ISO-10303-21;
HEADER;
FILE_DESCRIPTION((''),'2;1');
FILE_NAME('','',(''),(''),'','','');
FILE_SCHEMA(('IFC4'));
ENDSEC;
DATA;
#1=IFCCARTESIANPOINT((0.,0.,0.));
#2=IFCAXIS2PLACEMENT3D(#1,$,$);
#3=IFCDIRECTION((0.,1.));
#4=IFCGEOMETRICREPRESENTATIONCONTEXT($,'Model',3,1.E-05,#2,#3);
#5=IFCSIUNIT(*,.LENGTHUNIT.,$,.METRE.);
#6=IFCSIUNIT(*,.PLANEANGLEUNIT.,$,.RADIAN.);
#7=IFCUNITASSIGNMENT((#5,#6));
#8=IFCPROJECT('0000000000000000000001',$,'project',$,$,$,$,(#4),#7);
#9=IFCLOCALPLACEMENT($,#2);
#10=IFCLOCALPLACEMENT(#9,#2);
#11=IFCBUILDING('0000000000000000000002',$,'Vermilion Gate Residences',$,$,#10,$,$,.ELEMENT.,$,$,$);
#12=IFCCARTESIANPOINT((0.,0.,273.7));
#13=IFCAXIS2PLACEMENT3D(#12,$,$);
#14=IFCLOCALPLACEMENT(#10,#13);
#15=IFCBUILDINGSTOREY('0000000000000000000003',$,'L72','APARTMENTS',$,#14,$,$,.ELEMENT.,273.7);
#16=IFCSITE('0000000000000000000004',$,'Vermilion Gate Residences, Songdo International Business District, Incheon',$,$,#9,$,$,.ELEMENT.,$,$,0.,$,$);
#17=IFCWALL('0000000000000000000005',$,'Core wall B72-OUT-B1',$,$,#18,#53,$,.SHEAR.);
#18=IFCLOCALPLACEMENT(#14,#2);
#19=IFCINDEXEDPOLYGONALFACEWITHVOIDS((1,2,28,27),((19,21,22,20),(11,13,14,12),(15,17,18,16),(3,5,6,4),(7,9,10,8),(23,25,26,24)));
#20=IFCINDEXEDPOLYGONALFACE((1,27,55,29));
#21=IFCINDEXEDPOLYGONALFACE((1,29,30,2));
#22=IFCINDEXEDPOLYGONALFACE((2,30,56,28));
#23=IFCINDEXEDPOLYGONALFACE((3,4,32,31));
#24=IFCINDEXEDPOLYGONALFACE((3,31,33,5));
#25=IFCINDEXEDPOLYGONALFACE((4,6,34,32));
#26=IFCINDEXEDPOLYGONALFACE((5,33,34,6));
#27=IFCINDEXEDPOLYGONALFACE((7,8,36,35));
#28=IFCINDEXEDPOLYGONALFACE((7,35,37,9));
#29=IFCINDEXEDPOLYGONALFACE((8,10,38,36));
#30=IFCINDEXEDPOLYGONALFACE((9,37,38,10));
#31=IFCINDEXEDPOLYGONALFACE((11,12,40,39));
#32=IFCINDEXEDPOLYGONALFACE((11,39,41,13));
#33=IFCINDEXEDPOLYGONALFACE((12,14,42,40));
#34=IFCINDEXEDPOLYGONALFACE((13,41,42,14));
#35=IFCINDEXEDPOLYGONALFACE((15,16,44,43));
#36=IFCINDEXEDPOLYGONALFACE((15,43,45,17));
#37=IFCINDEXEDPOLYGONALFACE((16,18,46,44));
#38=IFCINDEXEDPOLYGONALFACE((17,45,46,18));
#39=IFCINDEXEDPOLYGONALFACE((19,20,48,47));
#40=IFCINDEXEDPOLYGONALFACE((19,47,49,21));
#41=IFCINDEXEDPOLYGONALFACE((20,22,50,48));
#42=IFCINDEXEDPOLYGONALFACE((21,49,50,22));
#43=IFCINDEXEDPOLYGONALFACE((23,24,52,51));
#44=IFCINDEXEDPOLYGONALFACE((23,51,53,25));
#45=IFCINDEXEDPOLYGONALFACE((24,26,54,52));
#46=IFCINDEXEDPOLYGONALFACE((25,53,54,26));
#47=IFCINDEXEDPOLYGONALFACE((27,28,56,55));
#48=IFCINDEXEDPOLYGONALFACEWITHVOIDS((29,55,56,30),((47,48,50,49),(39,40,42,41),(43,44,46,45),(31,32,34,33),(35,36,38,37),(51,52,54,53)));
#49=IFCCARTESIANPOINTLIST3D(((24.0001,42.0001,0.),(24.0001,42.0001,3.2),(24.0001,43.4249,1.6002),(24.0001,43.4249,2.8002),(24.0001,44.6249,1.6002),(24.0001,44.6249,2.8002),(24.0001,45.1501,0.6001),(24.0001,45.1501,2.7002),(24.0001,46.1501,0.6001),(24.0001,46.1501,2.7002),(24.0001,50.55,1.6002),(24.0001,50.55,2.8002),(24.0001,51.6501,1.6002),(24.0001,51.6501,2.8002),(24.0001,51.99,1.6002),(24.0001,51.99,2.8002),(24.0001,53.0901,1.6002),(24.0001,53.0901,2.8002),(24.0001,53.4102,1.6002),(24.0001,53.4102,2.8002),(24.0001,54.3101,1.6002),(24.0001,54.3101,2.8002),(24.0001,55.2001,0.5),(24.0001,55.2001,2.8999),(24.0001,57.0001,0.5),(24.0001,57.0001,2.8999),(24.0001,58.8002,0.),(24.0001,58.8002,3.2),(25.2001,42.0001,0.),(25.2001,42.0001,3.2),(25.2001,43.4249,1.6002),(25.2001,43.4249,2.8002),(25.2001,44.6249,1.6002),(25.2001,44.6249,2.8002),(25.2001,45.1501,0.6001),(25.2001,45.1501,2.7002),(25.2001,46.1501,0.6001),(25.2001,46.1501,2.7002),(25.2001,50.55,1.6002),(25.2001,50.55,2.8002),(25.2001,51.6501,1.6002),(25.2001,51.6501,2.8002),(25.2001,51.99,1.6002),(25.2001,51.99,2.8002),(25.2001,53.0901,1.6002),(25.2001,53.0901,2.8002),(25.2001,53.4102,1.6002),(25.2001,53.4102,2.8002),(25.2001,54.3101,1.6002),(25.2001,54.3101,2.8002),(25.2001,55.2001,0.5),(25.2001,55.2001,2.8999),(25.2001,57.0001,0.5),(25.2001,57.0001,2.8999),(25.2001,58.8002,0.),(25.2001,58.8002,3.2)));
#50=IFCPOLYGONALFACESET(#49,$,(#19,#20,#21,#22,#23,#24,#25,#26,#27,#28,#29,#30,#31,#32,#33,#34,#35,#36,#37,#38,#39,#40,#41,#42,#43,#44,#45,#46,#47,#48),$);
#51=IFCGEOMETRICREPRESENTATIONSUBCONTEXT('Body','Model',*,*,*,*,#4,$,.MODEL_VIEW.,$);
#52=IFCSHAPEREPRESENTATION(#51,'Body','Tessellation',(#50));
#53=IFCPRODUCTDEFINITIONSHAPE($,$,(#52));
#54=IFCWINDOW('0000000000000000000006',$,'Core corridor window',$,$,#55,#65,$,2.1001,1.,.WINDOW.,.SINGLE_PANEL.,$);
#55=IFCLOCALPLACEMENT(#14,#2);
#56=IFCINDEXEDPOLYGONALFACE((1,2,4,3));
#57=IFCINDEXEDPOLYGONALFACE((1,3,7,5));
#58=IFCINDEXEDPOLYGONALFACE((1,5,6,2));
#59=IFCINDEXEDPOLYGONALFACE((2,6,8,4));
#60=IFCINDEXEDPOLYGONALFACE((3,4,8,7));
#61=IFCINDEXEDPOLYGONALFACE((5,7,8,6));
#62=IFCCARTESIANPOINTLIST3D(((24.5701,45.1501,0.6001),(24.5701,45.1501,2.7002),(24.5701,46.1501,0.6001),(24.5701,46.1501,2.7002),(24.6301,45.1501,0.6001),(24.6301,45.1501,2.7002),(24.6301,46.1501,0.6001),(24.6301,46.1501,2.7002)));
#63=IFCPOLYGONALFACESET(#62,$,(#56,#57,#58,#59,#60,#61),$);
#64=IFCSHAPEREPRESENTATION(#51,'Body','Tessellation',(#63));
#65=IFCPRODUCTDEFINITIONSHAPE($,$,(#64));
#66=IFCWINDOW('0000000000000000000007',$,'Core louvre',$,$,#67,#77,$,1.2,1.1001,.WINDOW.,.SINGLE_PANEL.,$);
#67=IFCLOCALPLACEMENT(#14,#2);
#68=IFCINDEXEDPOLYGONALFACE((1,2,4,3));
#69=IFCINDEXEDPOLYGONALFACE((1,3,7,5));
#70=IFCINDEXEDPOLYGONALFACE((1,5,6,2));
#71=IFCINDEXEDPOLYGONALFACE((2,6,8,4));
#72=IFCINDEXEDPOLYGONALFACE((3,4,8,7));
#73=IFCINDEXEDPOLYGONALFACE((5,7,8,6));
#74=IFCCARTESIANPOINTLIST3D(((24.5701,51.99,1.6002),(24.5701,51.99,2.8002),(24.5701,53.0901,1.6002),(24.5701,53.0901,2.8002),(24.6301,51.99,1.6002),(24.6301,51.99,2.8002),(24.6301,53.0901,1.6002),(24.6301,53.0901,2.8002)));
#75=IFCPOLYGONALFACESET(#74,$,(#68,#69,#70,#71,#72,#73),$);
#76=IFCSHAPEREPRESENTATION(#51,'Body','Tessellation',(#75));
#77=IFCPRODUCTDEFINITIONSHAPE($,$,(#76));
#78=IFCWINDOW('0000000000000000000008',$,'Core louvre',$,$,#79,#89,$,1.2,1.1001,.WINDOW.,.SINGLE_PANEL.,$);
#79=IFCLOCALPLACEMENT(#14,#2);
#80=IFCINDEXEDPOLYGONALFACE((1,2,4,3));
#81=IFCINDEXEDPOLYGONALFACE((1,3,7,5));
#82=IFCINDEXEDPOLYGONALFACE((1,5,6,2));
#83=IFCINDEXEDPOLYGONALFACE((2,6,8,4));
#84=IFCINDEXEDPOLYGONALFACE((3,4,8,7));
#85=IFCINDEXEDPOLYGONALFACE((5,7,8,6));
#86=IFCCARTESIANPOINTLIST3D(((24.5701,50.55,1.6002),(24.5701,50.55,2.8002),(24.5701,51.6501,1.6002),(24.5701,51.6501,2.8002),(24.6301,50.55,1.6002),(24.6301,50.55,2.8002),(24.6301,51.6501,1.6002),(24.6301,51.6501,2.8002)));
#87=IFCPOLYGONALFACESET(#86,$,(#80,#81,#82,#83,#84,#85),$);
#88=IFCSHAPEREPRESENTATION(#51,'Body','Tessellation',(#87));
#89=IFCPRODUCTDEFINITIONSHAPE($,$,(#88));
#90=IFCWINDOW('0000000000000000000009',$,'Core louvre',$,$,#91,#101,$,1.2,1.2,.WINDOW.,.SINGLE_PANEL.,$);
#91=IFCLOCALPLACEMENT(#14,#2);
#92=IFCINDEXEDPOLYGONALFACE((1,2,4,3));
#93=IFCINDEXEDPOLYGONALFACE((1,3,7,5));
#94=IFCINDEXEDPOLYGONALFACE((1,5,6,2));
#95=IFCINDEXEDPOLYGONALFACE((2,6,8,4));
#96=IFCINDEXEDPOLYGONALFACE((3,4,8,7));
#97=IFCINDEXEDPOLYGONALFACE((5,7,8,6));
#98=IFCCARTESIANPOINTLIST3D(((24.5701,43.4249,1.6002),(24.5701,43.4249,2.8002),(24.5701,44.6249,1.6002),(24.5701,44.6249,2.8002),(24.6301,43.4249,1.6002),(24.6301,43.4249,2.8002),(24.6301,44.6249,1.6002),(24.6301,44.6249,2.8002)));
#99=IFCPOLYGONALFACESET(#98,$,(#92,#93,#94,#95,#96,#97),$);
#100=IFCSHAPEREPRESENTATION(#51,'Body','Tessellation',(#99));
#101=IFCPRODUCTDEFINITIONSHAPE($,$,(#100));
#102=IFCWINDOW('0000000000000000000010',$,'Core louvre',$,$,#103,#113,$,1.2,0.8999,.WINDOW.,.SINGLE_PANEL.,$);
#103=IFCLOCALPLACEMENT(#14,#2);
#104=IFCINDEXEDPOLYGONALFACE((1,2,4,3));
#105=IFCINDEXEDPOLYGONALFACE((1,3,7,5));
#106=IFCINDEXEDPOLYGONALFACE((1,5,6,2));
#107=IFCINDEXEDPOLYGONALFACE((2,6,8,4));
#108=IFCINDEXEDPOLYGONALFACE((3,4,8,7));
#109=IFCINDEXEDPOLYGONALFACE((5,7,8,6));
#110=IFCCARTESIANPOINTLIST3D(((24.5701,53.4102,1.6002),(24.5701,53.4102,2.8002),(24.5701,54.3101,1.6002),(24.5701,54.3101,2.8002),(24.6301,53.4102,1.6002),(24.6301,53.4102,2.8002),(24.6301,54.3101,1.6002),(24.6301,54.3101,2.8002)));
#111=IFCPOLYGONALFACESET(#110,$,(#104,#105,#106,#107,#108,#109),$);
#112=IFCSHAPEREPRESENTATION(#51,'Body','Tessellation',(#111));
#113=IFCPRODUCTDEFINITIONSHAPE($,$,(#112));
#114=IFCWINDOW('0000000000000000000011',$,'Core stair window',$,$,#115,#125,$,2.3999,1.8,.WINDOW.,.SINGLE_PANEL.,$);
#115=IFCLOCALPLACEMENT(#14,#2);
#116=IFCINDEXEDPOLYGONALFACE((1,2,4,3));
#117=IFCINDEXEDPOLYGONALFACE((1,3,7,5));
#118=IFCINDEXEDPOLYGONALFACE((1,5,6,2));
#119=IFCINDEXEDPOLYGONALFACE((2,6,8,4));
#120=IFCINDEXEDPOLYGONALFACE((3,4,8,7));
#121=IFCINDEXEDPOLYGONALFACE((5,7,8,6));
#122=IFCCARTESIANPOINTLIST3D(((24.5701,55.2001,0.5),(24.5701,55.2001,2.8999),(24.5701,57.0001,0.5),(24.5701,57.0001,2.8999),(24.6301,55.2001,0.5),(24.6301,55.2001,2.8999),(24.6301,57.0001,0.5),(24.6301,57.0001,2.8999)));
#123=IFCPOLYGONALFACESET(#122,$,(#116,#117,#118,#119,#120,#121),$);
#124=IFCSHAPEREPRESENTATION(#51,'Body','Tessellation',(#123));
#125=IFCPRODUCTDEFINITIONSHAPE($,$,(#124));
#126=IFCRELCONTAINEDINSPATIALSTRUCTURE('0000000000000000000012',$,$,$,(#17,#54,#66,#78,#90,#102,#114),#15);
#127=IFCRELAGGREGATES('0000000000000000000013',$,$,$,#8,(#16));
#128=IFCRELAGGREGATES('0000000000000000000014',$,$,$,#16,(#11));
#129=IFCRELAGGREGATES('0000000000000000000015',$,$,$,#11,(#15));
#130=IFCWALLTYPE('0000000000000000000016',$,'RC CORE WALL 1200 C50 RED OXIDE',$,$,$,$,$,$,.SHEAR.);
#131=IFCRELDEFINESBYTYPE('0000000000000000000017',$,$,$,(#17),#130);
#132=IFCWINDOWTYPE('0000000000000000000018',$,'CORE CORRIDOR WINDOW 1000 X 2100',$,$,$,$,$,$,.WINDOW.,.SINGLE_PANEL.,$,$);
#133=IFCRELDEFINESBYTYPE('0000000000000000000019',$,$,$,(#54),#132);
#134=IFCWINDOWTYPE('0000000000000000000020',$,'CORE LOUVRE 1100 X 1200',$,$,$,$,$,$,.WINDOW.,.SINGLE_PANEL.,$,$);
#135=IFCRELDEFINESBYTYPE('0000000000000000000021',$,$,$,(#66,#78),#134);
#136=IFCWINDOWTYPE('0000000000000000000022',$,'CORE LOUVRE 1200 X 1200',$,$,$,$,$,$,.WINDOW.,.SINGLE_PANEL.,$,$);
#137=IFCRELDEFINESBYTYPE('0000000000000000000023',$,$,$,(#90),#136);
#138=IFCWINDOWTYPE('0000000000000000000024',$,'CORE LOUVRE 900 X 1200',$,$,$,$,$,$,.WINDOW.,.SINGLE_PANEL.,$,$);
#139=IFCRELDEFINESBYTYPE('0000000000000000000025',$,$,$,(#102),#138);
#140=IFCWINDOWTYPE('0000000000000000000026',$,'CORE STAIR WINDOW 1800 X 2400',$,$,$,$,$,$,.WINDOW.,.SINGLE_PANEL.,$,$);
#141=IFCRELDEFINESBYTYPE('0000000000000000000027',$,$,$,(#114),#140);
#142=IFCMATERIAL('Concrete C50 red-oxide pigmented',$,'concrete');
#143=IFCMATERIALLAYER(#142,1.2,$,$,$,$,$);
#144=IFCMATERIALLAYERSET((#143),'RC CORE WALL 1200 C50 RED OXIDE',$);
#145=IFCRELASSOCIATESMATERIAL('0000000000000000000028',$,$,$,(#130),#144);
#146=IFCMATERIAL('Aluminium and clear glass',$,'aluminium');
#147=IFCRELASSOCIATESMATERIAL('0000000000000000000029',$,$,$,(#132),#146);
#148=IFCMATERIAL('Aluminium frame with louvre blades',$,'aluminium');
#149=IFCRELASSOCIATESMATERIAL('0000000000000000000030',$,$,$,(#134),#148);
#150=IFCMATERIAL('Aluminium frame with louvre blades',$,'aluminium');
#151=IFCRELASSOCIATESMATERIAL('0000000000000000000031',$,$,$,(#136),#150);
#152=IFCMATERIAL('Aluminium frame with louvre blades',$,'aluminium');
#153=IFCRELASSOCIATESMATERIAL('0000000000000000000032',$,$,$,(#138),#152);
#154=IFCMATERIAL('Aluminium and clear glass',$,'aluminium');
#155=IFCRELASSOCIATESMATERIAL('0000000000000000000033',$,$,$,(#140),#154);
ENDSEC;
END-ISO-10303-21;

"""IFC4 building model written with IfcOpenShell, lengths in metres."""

from ifc_helpers import new_model, si_unit, direction, frame, frame_2d, origin, place, context, subcontext, project, spatial, rectangle, extrude, material, layer, layer_set, type_object, element, fill, save


model = new_model("IFC4")

# Units and contexts
model_context = context("Model", 3, precision=1e-05, world=origin(), true_north=direction((0.0, 1.0)))
body_context = subcontext(model_context, "Body", "Model", "MODEL_VIEW")
ifc_project = project(units=[si_unit("LENGTHUNIT", "METRE"), si_unit("PLANEANGLEUNIT", "RADIAN")], contexts=[model_context])

# Site, building, storey
site_placement = place(None, origin())
site = spatial("IfcSite", under=ifc_project, at=site_placement, Name="Vermilion Gate Residences, Songdo International Business District, Incheon", CompositionType="ELEMENT", RefElevation=0.0)
building_placement = place(site_placement, origin())
building = spatial("IfcBuilding", under=site, at=building_placement, Name="Vermilion Gate Residences", CompositionType="ELEMENT")
storey_placement = place(building_placement, frame((0.0, 0.0, 273.7)))
storey = spatial("IfcBuildingStorey", under=building, at=storey_placement, Name="L72", Description="APARTMENTS", CompositionType="ELEMENT", Elevation=273.7)

# Wall, openings, windows
ifc_material_1 = material(Name="Concrete C50 red-oxide pigmented", Category="concrete")
ifc_layer_1 = layer(ifc_material_1, 1.2)
ifc_layer_set_1 = layer_set([ifc_layer_1], Name="RC CORE WALL 1200 C50 RED OXIDE")
wall_type_1 = type_object("IfcWallType", Name="RC CORE WALL 1200 C50 RED OXIDE", PredefinedType="SHEAR", material=ifc_layer_set_1)
wall_placement = place(storey_placement, frame((24.6001, 58.8, 0.0), z_axis=(0.0, 0.0, 1.0), x_axis=(0.0, -1.0, 0.0)))
wall = element("IfcWall", 1, at=wall_placement, inside=storey, type_object=wall_type_1, Name="Core wall B72-OUT-B1", PredefinedType="SHEAR", context=body_context, shape_type="SweptSolid", body=[
    extrude(rectangle(XDim=16.8, YDim=1.2, at=frame_2d((8.3999, 0.0))), origin(), (0.0, 0.0, 1.0), 3.2),
])
opening_1_placement = place(wall_placement, frame((1.8, 0.0, 0.5)))
opening_1 = element("IfcOpeningElement", 2, at=opening_1_placement, cuts=wall, PredefinedType="OPENING", context=body_context, shape_type="SweptSolid", body=[
    extrude(rectangle(XDim=1.8, YDim=2.3999, at=frame_2d((0.8999, 1.2))), frame((0.0, 0.6099, 0.0), z_axis=(0.0, -1.0, 0.0), x_axis=(1.0, 0.0, 0.0)), (0.0, 0.0, 1.0), 1.22),
])
opening_2_placement = place(wall_placement, frame((4.49, 0.0, 1.6001)))
opening_2 = element("IfcOpeningElement", 3, at=opening_2_placement, cuts=wall, PredefinedType="OPENING", context=body_context, shape_type="SweptSolid", body=[
    extrude(rectangle(XDim=0.8999, YDim=1.2, at=frame_2d((0.45, 0.6001))), frame((0.0, 0.6099, 0.0), z_axis=(0.0, -1.0, 0.0), x_axis=(1.0, 0.0, 0.0)), (0.0, 0.0, 1.0), 1.22),
])
opening_3_placement = place(wall_placement, frame((5.71, 0.0, 1.6001)))
opening_3 = element("IfcOpeningElement", 4, at=opening_3_placement, cuts=wall, PredefinedType="OPENING", context=body_context, shape_type="SweptSolid", body=[
    extrude(rectangle(XDim=1.1001, YDim=1.2, at=frame_2d((0.55, 0.6001))), frame((0.0, 0.6099, 0.0), z_axis=(0.0, -1.0, 0.0), x_axis=(1.0, 0.0, 0.0)), (0.0, 0.0, 1.0), 1.22),
])
opening_4_placement = place(wall_placement, frame((7.1499, 0.0, 1.6001)))
opening_4 = element("IfcOpeningElement", 5, at=opening_4_placement, cuts=wall, PredefinedType="OPENING", context=body_context, shape_type="SweptSolid", body=[
    extrude(rectangle(XDim=1.1001, YDim=1.2, at=frame_2d((0.55, 0.6001))), frame((0.0, 0.6099, 0.0), z_axis=(0.0, -1.0, 0.0), x_axis=(1.0, 0.0, 0.0)), (0.0, 0.0, 1.0), 1.22),
])
opening_5_placement = place(wall_placement, frame((12.6499, 0.0, 0.6001)))
opening_5 = element("IfcOpeningElement", 6, at=opening_5_placement, cuts=wall, PredefinedType="OPENING", context=body_context, shape_type="SweptSolid", body=[
    extrude(rectangle(XDim=1.0, YDim=2.1001, at=frame_2d((0.5, 1.05))), frame((0.0, 0.6099, 0.0), z_axis=(0.0, -1.0, 0.0), x_axis=(1.0, 0.0, 0.0)), (0.0, 0.0, 1.0), 1.22),
])
opening_6_placement = place(wall_placement, frame((14.175, 0.0, 1.6001)))
opening_6 = element("IfcOpeningElement", 7, at=opening_6_placement, cuts=wall, PredefinedType="OPENING", context=body_context, shape_type="SweptSolid", body=[
    extrude(rectangle(XDim=1.2, YDim=1.2, at=frame_2d((0.6001, 0.6001))), frame((0.0, 0.6099, 0.0), z_axis=(0.0, -1.0, 0.0), x_axis=(1.0, 0.0, 0.0)), (0.0, 0.0, 1.0), 1.22),
])
ifc_material_2 = material(Name="Aluminium and clear glass", Category="aluminium")
window_type_1 = type_object("IfcWindowType", Name="CORE CORRIDOR WINDOW 1000 X 2100", PartitioningType="SINGLE_PANEL", PredefinedType="WINDOW", material=ifc_material_2)
window_1_placement = place(opening_5_placement, origin())
window_1 = element("IfcWindow", 8, at=window_1_placement, inside=storey, type_object=window_type_1, Name="Core corridor window", OverallHeight=2.1001, OverallWidth=1.0, PartitioningType="SINGLE_PANEL", PredefinedType="WINDOW", context=body_context, shape_type="SweptSolid", body=[
    extrude(rectangle(XDim=1.0, YDim=2.1001, at=frame_2d((0.5, 1.05))), frame((0.0, 0.03, 0.0), z_axis=(0.0, -1.0, 0.0), x_axis=(1.0, 0.0, 0.0)), (0.0, 0.0, 1.0), 0.0601),
])
fill(opening_5, window_1)
ifc_material_3 = material(Name="Aluminium frame with louvre blades", Category="aluminium")
window_type_2 = type_object("IfcWindowType", Name="CORE LOUVRE 1100 X 1200", PartitioningType="SINGLE_PANEL", PredefinedType="WINDOW", material=ifc_material_3)
window_2_placement = place(opening_3_placement, origin())
window_2 = element("IfcWindow", 9, at=window_2_placement, inside=storey, type_object=window_type_2, Name="Core louvre", OverallHeight=1.2, OverallWidth=1.1001, PartitioningType="SINGLE_PANEL", PredefinedType="WINDOW", context=body_context, shape_type="SweptSolid", body=[
    extrude(rectangle(XDim=1.1001, YDim=1.2, at=frame_2d((0.55, 0.6001))), frame((0.0, 0.03, 0.0), z_axis=(0.0, -1.0, 0.0), x_axis=(1.0, 0.0, 0.0)), (0.0, 0.0, 1.0), 0.0601),
])
fill(opening_3, window_2)
window_3_placement = place(opening_4_placement, origin())
window_3 = element("IfcWindow", 10, at=window_3_placement, inside=storey, type_object=window_type_2, Name="Core louvre", OverallHeight=1.2, OverallWidth=1.1001, PartitioningType="SINGLE_PANEL", PredefinedType="WINDOW", context=body_context, shape_type="SweptSolid", body=[
    extrude(rectangle(XDim=1.1001, YDim=1.2, at=frame_2d((0.55, 0.6001))), frame((0.0, 0.03, 0.0), z_axis=(0.0, -1.0, 0.0), x_axis=(1.0, 0.0, 0.0)), (0.0, 0.0, 1.0), 0.0601),
])
fill(opening_4, window_3)
ifc_material_4 = material(Name="Aluminium frame with louvre blades", Category="aluminium")
window_type_3 = type_object("IfcWindowType", Name="CORE LOUVRE 1200 X 1200", PartitioningType="SINGLE_PANEL", PredefinedType="WINDOW", material=ifc_material_4)
window_4_placement = place(opening_6_placement, origin())
window_4 = element("IfcWindow", 11, at=window_4_placement, inside=storey, type_object=window_type_3, Name="Core louvre", OverallHeight=1.2, OverallWidth=1.2, PartitioningType="SINGLE_PANEL", PredefinedType="WINDOW", context=body_context, shape_type="SweptSolid", body=[
    extrude(rectangle(XDim=1.2, YDim=1.2, at=frame_2d((0.6001, 0.6001))), frame((0.0, 0.03, 0.0), z_axis=(0.0, -1.0, 0.0), x_axis=(1.0, 0.0, 0.0)), (0.0, 0.0, 1.0), 0.0601),
])
fill(opening_6, window_4)
ifc_material_5 = material(Name="Aluminium frame with louvre blades", Category="aluminium")
window_type_4 = type_object("IfcWindowType", Name="CORE LOUVRE 900 X 1200", PartitioningType="SINGLE_PANEL", PredefinedType="WINDOW", material=ifc_material_5)
window_5_placement = place(opening_2_placement, origin())
window_5 = element("IfcWindow", 12, at=window_5_placement, inside=storey, type_object=window_type_4, Name="Core louvre", OverallHeight=1.2, OverallWidth=0.8999, PartitioningType="SINGLE_PANEL", PredefinedType="WINDOW", context=body_context, shape_type="SweptSolid", body=[
    extrude(rectangle(XDim=0.8999, YDim=1.2, at=frame_2d((0.45, 0.6001))), frame((0.0, 0.03, 0.0), z_axis=(0.0, -1.0, 0.0), x_axis=(1.0, 0.0, 0.0)), (0.0, 0.0, 1.0), 0.0601),
])
fill(opening_2, window_5)
ifc_material_6 = material(Name="Aluminium and clear glass", Category="aluminium")
window_type_5 = type_object("IfcWindowType", Name="CORE STAIR WINDOW 1800 X 2400", PartitioningType="SINGLE_PANEL", PredefinedType="WINDOW", material=ifc_material_6)
window_6_placement = place(opening_1_placement, origin())
window_6 = element("IfcWindow", 13, at=window_6_placement, inside=storey, type_object=window_type_5, Name="Core stair window", OverallHeight=2.3999, OverallWidth=1.8, PartitioningType="SINGLE_PANEL", PredefinedType="WINDOW", context=body_context, shape_type="SweptSolid", body=[
    extrude(rectangle(XDim=1.8, YDim=2.3999, at=frame_2d((0.8999, 1.2))), frame((0.0, 0.03, 0.0), z_axis=(0.0, -1.0, 0.0), x_axis=(1.0, 0.0, 0.0)), (0.0, 0.0, 1.0), 0.0601),
])
fill(opening_1, window_6)

save(model, "model.ifc")
